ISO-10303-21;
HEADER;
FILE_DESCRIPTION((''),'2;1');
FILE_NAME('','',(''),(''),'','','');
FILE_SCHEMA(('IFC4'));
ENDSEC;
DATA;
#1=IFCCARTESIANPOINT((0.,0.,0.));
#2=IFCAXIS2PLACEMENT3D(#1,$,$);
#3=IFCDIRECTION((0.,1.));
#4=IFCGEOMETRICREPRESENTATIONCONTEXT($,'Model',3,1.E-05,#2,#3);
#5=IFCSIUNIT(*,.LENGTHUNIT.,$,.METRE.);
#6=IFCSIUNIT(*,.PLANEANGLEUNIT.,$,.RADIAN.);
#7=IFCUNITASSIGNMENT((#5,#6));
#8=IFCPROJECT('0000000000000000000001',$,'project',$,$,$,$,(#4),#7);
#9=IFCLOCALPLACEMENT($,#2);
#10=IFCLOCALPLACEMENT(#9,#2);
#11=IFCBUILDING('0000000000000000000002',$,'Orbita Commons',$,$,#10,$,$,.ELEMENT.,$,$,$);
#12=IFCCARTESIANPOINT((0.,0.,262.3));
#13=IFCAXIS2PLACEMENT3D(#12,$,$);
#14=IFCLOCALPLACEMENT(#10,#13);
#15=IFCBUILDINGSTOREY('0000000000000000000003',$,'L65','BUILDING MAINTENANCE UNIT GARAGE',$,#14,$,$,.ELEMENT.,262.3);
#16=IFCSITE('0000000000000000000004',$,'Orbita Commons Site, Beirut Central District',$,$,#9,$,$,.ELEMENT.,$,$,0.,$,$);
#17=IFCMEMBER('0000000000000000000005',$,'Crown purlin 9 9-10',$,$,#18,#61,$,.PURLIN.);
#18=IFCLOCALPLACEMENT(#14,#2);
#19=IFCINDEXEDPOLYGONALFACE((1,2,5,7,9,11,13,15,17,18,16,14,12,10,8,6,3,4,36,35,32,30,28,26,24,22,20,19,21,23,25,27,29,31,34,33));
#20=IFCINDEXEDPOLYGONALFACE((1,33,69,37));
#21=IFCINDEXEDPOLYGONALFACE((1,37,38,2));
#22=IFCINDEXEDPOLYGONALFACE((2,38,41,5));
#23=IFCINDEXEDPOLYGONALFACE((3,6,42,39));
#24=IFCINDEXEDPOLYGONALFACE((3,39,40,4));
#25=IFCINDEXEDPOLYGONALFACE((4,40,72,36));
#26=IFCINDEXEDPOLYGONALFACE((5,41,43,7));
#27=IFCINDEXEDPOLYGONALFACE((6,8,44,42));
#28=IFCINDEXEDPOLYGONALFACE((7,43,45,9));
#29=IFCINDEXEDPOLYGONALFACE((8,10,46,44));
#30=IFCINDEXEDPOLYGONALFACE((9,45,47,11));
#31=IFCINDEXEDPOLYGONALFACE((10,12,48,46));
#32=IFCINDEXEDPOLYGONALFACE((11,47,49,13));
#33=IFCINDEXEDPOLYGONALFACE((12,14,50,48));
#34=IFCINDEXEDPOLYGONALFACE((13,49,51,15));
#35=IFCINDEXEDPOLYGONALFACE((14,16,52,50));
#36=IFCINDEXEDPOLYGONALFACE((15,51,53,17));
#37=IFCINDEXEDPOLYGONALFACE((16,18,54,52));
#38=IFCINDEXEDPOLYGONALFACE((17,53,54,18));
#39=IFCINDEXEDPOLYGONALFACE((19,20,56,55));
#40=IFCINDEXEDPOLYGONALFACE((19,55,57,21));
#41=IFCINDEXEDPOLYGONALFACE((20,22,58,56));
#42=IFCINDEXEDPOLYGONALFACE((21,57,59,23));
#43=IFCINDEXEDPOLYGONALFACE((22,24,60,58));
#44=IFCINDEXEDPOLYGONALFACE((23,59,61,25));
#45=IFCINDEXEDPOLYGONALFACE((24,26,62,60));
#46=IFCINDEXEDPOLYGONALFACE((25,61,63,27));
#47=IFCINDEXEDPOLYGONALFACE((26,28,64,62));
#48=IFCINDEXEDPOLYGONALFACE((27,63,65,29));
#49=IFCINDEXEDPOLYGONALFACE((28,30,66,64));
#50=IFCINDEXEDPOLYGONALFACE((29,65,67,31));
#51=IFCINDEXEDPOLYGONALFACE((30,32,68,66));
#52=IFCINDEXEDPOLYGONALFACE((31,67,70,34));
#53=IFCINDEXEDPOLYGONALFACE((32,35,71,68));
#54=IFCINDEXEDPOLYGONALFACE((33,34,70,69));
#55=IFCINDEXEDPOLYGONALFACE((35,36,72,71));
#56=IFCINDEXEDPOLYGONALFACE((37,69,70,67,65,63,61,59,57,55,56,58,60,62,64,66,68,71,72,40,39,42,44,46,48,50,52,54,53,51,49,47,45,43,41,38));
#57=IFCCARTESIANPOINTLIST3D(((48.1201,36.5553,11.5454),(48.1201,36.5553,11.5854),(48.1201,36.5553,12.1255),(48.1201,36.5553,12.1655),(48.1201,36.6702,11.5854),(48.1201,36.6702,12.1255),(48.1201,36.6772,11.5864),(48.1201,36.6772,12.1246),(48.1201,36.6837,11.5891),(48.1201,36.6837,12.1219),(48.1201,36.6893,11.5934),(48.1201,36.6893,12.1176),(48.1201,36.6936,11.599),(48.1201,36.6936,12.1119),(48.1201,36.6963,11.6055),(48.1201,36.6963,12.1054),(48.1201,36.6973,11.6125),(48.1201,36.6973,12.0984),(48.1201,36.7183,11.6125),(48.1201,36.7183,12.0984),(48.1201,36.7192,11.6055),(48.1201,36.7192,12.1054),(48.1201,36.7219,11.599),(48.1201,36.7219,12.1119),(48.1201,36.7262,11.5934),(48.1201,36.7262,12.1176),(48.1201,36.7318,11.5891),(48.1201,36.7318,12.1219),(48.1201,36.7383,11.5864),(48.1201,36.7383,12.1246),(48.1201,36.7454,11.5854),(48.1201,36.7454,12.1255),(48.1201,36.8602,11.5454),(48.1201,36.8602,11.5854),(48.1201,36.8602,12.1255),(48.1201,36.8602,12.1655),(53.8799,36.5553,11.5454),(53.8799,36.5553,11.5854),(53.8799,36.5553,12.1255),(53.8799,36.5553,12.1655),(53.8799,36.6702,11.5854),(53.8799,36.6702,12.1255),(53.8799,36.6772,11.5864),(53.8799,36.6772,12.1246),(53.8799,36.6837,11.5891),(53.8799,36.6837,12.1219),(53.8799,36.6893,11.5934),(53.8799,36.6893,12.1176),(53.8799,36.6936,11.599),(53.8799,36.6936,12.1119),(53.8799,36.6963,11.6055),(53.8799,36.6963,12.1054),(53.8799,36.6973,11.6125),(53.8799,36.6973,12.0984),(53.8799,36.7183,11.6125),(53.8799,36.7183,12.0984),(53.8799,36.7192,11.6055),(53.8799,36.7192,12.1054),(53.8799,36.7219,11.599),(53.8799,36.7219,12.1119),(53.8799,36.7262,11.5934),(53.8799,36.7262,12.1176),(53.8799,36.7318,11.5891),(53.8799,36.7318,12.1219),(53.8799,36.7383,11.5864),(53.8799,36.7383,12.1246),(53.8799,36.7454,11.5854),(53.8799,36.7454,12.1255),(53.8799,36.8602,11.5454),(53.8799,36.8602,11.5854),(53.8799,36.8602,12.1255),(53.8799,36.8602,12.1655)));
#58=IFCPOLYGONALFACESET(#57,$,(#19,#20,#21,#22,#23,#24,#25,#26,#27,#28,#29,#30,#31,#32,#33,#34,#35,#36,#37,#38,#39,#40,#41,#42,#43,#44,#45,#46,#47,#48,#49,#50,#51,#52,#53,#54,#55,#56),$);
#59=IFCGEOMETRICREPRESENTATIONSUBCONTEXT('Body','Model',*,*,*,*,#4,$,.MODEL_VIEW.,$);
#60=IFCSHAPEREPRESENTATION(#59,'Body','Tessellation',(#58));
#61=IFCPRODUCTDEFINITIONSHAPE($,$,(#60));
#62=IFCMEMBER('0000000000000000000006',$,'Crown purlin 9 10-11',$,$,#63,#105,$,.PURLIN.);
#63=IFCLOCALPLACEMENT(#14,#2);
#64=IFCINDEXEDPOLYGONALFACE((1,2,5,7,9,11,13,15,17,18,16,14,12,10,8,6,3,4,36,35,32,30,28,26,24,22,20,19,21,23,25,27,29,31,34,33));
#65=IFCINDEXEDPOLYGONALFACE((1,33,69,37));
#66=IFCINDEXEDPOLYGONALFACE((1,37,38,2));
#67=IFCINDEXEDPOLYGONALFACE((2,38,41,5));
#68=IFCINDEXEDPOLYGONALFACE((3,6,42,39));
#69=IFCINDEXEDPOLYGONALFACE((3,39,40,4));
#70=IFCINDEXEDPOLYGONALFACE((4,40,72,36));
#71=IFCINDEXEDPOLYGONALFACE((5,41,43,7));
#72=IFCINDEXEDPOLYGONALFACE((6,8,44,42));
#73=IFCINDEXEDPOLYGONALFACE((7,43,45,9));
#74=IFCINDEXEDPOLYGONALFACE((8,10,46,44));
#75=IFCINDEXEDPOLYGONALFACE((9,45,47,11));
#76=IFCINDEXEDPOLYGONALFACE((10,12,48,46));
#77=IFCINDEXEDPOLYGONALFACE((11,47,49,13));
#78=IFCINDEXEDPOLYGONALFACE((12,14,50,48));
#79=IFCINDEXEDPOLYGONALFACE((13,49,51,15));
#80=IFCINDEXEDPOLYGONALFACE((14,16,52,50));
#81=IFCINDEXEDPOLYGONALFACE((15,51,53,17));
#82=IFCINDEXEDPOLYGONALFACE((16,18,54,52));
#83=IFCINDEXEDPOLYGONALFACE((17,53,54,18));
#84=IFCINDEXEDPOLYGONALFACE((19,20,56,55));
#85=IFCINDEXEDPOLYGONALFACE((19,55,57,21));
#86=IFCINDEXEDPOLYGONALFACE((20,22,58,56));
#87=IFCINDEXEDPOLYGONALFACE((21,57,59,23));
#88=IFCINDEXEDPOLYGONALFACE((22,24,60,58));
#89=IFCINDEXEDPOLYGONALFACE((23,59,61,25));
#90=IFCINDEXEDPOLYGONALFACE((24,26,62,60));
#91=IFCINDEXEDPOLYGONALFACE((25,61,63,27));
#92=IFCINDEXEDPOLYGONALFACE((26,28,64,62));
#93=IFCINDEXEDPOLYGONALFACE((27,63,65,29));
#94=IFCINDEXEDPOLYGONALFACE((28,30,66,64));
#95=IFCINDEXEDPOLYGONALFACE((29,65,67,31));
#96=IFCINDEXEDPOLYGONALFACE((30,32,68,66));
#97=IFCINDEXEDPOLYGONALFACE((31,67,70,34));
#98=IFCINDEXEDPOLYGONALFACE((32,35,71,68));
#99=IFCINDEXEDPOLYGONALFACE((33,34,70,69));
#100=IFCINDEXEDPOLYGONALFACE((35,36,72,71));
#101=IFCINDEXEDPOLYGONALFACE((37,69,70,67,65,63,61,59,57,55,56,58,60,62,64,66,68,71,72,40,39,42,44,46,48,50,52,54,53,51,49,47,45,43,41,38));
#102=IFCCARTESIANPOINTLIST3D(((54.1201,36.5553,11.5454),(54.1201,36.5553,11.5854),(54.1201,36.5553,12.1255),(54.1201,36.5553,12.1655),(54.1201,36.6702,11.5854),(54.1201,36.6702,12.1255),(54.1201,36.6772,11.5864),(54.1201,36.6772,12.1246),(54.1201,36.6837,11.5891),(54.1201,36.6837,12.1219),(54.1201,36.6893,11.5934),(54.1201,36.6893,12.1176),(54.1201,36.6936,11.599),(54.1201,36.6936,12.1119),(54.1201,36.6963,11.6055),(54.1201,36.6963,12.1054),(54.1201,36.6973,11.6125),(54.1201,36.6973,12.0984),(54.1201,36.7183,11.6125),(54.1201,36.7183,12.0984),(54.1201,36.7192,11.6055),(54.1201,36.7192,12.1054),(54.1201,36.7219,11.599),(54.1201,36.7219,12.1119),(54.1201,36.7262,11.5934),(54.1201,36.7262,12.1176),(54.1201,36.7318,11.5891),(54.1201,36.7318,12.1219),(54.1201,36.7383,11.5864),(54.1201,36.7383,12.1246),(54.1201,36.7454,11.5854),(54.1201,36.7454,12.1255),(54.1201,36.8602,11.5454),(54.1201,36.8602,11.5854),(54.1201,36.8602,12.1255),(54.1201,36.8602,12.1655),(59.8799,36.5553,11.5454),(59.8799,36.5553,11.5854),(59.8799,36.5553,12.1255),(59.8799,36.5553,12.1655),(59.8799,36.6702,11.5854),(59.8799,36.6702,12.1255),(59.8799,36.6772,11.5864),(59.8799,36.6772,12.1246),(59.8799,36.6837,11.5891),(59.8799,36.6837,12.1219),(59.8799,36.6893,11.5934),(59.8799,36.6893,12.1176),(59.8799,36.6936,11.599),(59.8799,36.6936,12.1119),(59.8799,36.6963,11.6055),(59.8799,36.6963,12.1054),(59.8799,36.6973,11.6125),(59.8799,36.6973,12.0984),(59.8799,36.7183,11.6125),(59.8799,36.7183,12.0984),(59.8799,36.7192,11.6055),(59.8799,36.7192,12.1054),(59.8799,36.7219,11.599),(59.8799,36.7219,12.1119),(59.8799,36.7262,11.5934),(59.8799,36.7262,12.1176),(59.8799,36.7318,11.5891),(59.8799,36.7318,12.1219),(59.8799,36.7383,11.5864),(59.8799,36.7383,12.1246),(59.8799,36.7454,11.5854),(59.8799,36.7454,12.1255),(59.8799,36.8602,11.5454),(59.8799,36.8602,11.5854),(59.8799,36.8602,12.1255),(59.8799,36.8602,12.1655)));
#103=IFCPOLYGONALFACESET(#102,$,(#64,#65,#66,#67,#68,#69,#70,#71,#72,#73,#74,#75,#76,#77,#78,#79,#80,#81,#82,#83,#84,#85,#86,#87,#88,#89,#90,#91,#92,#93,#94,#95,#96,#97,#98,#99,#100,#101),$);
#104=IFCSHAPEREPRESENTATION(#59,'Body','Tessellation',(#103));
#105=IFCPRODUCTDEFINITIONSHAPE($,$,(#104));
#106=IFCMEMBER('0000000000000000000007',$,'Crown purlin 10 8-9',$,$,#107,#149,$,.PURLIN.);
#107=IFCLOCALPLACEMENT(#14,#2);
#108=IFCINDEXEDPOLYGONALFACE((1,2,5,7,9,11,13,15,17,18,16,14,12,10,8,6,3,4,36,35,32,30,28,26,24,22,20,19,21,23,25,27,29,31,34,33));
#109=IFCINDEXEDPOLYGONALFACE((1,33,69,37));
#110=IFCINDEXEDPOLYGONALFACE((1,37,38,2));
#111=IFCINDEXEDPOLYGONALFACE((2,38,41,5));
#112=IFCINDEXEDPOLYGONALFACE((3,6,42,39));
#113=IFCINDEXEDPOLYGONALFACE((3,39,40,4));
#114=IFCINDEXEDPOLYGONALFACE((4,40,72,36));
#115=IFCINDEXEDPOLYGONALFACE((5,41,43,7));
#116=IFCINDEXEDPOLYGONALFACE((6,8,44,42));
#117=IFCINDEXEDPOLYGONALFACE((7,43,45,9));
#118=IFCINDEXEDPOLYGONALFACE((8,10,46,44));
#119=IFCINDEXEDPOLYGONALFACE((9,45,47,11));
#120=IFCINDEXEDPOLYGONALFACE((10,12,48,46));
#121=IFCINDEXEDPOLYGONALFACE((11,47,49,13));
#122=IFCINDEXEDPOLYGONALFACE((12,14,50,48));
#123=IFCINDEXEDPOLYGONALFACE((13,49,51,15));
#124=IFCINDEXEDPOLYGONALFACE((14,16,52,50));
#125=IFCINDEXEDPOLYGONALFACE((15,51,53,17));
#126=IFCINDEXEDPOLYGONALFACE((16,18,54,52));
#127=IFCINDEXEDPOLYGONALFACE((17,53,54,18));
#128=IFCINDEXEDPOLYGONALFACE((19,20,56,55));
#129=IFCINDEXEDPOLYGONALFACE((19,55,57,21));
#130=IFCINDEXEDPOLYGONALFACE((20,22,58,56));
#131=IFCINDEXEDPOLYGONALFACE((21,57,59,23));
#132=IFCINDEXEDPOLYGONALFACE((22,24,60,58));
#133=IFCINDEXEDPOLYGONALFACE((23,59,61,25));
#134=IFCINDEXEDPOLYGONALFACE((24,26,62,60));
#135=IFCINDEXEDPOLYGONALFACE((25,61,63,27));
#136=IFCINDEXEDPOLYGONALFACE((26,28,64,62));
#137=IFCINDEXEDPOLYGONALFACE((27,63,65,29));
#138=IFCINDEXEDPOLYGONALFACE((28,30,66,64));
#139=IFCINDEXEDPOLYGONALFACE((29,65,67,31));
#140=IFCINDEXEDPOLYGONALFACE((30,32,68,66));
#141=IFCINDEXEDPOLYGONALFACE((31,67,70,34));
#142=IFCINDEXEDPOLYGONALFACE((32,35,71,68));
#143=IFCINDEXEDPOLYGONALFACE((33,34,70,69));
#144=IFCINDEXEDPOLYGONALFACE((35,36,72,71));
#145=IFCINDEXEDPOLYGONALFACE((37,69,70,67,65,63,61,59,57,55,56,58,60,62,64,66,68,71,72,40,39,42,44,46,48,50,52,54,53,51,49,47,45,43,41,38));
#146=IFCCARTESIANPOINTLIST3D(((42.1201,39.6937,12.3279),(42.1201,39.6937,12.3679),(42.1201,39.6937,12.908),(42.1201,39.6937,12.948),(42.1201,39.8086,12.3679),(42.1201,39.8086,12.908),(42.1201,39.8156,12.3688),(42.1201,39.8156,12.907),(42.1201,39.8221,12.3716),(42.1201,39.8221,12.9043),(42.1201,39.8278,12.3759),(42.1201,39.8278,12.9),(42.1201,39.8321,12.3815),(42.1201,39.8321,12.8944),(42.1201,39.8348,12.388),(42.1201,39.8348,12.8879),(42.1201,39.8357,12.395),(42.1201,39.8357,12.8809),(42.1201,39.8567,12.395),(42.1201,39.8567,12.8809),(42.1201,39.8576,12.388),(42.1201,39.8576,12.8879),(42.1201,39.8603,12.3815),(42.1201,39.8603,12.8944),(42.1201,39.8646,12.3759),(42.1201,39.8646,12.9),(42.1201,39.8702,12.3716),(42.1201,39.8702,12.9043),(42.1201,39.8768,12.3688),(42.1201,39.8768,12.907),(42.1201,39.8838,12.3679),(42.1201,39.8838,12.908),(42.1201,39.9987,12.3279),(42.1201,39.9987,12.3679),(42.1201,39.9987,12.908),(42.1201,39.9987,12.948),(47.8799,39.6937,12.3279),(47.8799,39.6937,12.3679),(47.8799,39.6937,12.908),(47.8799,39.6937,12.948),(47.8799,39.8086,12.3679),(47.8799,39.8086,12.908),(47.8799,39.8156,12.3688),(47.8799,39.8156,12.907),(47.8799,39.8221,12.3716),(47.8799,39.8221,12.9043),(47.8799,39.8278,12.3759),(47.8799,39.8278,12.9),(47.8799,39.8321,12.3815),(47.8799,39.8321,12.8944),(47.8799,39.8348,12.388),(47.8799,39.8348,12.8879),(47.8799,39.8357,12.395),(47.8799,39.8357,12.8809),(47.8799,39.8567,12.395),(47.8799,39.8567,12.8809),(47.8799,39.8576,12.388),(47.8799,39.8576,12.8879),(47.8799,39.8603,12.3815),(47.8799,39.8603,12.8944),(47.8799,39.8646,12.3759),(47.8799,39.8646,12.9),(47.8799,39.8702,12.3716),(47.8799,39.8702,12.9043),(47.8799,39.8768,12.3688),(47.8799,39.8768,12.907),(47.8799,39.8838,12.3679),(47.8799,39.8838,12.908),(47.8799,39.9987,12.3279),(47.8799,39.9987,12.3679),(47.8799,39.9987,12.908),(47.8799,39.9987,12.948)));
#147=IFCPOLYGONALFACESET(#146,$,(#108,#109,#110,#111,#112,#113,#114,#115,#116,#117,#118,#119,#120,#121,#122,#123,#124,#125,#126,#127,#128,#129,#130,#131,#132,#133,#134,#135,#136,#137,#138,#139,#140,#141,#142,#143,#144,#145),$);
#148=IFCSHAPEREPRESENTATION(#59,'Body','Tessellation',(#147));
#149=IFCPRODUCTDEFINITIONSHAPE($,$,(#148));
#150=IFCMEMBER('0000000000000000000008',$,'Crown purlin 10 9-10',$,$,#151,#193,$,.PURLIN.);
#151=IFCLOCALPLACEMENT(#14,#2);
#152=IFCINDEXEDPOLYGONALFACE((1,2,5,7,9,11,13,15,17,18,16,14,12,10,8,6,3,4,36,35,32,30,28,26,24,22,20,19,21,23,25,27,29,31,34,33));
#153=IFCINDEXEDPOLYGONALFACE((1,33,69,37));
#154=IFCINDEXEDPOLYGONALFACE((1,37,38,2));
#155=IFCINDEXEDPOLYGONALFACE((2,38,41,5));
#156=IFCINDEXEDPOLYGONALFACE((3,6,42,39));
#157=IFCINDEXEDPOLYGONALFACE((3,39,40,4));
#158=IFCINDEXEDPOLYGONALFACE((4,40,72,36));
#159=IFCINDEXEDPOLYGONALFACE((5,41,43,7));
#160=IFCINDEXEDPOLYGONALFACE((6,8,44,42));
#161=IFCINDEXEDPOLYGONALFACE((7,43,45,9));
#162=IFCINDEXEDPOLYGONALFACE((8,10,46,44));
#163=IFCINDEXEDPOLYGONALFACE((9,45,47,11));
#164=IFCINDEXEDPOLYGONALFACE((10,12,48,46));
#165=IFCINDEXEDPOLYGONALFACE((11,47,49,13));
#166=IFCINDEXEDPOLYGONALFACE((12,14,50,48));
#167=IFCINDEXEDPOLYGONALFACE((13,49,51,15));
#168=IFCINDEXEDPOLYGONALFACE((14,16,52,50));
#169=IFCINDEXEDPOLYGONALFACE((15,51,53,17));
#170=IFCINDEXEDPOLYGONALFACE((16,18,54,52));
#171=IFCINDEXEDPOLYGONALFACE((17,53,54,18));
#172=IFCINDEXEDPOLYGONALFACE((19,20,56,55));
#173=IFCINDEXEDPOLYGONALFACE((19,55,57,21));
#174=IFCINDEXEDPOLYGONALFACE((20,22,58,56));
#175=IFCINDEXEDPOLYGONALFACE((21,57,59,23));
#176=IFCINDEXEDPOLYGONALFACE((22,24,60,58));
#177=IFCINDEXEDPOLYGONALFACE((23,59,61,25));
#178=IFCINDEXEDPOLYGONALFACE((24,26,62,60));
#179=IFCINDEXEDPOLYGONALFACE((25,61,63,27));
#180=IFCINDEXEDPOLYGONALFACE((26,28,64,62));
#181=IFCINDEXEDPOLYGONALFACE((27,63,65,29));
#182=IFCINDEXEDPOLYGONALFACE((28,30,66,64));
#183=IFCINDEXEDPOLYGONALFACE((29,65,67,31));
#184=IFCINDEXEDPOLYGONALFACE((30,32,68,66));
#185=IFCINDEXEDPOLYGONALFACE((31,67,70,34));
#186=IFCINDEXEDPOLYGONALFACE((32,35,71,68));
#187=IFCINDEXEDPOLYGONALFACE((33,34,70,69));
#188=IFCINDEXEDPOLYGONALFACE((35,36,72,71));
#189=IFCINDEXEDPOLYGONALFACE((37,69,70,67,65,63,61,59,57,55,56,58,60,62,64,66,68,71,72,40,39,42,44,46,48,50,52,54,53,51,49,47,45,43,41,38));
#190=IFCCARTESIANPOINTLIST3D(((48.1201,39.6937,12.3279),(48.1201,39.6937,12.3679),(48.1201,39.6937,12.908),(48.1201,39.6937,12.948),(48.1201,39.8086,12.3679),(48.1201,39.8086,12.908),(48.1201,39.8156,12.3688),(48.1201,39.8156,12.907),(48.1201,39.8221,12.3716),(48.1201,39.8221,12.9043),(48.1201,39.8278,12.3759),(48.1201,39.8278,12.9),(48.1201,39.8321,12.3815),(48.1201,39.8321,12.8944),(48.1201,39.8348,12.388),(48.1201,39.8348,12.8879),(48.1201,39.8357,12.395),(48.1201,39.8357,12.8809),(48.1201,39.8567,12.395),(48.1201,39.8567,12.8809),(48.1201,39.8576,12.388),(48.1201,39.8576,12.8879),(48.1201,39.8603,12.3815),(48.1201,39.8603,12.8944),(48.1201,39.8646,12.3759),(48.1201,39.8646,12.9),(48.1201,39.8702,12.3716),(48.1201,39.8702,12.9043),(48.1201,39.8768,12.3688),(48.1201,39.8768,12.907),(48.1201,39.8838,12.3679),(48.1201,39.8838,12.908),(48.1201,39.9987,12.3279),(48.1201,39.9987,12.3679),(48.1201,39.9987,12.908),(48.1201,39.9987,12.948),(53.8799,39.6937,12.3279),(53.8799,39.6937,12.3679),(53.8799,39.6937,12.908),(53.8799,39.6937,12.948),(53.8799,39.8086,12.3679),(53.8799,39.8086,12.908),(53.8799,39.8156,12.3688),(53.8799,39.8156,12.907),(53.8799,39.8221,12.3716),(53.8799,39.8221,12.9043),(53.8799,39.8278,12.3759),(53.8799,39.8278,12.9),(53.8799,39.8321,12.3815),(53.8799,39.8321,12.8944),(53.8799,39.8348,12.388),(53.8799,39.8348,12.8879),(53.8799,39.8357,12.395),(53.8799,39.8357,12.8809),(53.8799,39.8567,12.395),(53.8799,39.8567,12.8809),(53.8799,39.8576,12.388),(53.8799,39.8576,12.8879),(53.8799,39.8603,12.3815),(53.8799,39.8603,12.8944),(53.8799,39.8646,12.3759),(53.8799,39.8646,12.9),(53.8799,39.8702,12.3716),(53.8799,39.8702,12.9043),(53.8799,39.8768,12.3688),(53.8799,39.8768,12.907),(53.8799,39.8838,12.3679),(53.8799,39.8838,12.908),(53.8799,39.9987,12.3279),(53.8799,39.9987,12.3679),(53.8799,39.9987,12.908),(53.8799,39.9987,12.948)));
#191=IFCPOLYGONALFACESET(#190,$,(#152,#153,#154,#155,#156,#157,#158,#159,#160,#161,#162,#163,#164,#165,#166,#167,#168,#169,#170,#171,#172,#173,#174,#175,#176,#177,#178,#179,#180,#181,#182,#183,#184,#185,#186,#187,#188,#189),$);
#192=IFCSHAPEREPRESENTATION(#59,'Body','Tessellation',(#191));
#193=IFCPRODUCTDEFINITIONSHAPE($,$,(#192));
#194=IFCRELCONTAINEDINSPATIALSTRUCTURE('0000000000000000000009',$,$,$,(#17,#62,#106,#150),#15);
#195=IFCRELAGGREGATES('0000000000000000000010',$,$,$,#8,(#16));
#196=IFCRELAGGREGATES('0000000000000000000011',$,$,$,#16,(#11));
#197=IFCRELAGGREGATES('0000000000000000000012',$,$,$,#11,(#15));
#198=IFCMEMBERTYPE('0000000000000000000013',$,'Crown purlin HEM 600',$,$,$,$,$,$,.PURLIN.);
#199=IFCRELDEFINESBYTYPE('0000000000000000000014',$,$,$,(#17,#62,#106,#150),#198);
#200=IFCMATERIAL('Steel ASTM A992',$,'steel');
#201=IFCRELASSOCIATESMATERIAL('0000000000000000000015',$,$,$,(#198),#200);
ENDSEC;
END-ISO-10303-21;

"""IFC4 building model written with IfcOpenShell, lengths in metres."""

from ifc_helpers import new_model, si_unit, direction, frame, origin, origin_2d, place, context, subcontext, project, spatial, i_section, extrude, material, material_profile, profile_set, type_object, element, save


model = new_model("IFC4")

# Units and contexts
model_context = context("Model", 3, precision=1e-05, world=origin(), true_north=direction((0.0, 1.0)))
body_context = subcontext(model_context, "Body", "Model", "MODEL_VIEW")
ifc_project = project(units=[si_unit("LENGTHUNIT", "METRE"), si_unit("PLANEANGLEUNIT", "RADIAN")], contexts=[model_context])

# Site, building, storey
site_placement = place(None, origin())
site = spatial("IfcSite", under=ifc_project, at=site_placement, Name="Orbita Commons Site, Beirut Central District", CompositionType="ELEMENT", RefElevation=0.0)
building_placement = place(site_placement, origin())
building = spatial("IfcBuilding", under=site, at=building_placement, Name="Orbita Commons", CompositionType="ELEMENT")
storey_placement = place(building_placement, frame((0.0, 0.0, 262.3)))
storey = spatial("IfcBuildingStorey", under=building, at=storey_placement, Name="L65", Description="BUILDING MAINTENANCE UNIT GARAGE", CompositionType="ELEMENT", Elevation=262.3)

# Members
ifc_material_1 = material(Name="Steel ASTM A992", Category="steel")
ifc_material_profile_1 = material_profile(ifc_material_1, i_section(OverallWidth=0.3049, OverallDepth=0.6201, WebThickness=0.021, FlangeThickness=0.04, FilletRadius=0.0271, at=origin_2d()), Name="HEM 600")
ifc_profile_set_1 = profile_set([ifc_material_profile_1], Name="Steel ASTM A992")
member_type_1 = type_object("IfcMemberType", Name="Crown purlin HEM 600", PredefinedType="PURLIN", material=ifc_profile_set_1)
for number, where, z_axis, x_axis, name in (
    (1, (48.1201, 36.7078, 11.8555), (1.0, 0.0, 0.0), (0.0, 1.0, 0.0), "Crown purlin 9 9-10"),
    (2, (54.1201, 36.7078, 11.8555), (1.0, 0.0, 0.0), (0.0, 1.0, 0.0), "Crown purlin 9 10-11"),
    (3, (42.1201, 39.8462, 12.6379), (1.0, 0.0, 0.0), (0.0, 1.0, 0.0), "Crown purlin 10 8-9"),
    (4, (48.1201, 39.8462, 12.6379), (1.0, 0.0, 0.0), (0.0, 1.0, 0.0), "Crown purlin 10 9-10"),
):
    element("IfcMember", number, at=place(storey_placement, frame(where, z_axis=z_axis, x_axis=x_axis)), inside=storey, type_object=member_type_1, Name=name, PredefinedType="PURLIN", context=body_context, shape_type="SweptSolid", body=[
        extrude(i_section(OverallWidth=0.3049, OverallDepth=0.6201, WebThickness=0.021, FlangeThickness=0.04, FilletRadius=0.0271, at=origin_2d()), origin(), (0.0, 0.0, 1.0), 5.7598),
    ])

save(model, "model.ifc")
